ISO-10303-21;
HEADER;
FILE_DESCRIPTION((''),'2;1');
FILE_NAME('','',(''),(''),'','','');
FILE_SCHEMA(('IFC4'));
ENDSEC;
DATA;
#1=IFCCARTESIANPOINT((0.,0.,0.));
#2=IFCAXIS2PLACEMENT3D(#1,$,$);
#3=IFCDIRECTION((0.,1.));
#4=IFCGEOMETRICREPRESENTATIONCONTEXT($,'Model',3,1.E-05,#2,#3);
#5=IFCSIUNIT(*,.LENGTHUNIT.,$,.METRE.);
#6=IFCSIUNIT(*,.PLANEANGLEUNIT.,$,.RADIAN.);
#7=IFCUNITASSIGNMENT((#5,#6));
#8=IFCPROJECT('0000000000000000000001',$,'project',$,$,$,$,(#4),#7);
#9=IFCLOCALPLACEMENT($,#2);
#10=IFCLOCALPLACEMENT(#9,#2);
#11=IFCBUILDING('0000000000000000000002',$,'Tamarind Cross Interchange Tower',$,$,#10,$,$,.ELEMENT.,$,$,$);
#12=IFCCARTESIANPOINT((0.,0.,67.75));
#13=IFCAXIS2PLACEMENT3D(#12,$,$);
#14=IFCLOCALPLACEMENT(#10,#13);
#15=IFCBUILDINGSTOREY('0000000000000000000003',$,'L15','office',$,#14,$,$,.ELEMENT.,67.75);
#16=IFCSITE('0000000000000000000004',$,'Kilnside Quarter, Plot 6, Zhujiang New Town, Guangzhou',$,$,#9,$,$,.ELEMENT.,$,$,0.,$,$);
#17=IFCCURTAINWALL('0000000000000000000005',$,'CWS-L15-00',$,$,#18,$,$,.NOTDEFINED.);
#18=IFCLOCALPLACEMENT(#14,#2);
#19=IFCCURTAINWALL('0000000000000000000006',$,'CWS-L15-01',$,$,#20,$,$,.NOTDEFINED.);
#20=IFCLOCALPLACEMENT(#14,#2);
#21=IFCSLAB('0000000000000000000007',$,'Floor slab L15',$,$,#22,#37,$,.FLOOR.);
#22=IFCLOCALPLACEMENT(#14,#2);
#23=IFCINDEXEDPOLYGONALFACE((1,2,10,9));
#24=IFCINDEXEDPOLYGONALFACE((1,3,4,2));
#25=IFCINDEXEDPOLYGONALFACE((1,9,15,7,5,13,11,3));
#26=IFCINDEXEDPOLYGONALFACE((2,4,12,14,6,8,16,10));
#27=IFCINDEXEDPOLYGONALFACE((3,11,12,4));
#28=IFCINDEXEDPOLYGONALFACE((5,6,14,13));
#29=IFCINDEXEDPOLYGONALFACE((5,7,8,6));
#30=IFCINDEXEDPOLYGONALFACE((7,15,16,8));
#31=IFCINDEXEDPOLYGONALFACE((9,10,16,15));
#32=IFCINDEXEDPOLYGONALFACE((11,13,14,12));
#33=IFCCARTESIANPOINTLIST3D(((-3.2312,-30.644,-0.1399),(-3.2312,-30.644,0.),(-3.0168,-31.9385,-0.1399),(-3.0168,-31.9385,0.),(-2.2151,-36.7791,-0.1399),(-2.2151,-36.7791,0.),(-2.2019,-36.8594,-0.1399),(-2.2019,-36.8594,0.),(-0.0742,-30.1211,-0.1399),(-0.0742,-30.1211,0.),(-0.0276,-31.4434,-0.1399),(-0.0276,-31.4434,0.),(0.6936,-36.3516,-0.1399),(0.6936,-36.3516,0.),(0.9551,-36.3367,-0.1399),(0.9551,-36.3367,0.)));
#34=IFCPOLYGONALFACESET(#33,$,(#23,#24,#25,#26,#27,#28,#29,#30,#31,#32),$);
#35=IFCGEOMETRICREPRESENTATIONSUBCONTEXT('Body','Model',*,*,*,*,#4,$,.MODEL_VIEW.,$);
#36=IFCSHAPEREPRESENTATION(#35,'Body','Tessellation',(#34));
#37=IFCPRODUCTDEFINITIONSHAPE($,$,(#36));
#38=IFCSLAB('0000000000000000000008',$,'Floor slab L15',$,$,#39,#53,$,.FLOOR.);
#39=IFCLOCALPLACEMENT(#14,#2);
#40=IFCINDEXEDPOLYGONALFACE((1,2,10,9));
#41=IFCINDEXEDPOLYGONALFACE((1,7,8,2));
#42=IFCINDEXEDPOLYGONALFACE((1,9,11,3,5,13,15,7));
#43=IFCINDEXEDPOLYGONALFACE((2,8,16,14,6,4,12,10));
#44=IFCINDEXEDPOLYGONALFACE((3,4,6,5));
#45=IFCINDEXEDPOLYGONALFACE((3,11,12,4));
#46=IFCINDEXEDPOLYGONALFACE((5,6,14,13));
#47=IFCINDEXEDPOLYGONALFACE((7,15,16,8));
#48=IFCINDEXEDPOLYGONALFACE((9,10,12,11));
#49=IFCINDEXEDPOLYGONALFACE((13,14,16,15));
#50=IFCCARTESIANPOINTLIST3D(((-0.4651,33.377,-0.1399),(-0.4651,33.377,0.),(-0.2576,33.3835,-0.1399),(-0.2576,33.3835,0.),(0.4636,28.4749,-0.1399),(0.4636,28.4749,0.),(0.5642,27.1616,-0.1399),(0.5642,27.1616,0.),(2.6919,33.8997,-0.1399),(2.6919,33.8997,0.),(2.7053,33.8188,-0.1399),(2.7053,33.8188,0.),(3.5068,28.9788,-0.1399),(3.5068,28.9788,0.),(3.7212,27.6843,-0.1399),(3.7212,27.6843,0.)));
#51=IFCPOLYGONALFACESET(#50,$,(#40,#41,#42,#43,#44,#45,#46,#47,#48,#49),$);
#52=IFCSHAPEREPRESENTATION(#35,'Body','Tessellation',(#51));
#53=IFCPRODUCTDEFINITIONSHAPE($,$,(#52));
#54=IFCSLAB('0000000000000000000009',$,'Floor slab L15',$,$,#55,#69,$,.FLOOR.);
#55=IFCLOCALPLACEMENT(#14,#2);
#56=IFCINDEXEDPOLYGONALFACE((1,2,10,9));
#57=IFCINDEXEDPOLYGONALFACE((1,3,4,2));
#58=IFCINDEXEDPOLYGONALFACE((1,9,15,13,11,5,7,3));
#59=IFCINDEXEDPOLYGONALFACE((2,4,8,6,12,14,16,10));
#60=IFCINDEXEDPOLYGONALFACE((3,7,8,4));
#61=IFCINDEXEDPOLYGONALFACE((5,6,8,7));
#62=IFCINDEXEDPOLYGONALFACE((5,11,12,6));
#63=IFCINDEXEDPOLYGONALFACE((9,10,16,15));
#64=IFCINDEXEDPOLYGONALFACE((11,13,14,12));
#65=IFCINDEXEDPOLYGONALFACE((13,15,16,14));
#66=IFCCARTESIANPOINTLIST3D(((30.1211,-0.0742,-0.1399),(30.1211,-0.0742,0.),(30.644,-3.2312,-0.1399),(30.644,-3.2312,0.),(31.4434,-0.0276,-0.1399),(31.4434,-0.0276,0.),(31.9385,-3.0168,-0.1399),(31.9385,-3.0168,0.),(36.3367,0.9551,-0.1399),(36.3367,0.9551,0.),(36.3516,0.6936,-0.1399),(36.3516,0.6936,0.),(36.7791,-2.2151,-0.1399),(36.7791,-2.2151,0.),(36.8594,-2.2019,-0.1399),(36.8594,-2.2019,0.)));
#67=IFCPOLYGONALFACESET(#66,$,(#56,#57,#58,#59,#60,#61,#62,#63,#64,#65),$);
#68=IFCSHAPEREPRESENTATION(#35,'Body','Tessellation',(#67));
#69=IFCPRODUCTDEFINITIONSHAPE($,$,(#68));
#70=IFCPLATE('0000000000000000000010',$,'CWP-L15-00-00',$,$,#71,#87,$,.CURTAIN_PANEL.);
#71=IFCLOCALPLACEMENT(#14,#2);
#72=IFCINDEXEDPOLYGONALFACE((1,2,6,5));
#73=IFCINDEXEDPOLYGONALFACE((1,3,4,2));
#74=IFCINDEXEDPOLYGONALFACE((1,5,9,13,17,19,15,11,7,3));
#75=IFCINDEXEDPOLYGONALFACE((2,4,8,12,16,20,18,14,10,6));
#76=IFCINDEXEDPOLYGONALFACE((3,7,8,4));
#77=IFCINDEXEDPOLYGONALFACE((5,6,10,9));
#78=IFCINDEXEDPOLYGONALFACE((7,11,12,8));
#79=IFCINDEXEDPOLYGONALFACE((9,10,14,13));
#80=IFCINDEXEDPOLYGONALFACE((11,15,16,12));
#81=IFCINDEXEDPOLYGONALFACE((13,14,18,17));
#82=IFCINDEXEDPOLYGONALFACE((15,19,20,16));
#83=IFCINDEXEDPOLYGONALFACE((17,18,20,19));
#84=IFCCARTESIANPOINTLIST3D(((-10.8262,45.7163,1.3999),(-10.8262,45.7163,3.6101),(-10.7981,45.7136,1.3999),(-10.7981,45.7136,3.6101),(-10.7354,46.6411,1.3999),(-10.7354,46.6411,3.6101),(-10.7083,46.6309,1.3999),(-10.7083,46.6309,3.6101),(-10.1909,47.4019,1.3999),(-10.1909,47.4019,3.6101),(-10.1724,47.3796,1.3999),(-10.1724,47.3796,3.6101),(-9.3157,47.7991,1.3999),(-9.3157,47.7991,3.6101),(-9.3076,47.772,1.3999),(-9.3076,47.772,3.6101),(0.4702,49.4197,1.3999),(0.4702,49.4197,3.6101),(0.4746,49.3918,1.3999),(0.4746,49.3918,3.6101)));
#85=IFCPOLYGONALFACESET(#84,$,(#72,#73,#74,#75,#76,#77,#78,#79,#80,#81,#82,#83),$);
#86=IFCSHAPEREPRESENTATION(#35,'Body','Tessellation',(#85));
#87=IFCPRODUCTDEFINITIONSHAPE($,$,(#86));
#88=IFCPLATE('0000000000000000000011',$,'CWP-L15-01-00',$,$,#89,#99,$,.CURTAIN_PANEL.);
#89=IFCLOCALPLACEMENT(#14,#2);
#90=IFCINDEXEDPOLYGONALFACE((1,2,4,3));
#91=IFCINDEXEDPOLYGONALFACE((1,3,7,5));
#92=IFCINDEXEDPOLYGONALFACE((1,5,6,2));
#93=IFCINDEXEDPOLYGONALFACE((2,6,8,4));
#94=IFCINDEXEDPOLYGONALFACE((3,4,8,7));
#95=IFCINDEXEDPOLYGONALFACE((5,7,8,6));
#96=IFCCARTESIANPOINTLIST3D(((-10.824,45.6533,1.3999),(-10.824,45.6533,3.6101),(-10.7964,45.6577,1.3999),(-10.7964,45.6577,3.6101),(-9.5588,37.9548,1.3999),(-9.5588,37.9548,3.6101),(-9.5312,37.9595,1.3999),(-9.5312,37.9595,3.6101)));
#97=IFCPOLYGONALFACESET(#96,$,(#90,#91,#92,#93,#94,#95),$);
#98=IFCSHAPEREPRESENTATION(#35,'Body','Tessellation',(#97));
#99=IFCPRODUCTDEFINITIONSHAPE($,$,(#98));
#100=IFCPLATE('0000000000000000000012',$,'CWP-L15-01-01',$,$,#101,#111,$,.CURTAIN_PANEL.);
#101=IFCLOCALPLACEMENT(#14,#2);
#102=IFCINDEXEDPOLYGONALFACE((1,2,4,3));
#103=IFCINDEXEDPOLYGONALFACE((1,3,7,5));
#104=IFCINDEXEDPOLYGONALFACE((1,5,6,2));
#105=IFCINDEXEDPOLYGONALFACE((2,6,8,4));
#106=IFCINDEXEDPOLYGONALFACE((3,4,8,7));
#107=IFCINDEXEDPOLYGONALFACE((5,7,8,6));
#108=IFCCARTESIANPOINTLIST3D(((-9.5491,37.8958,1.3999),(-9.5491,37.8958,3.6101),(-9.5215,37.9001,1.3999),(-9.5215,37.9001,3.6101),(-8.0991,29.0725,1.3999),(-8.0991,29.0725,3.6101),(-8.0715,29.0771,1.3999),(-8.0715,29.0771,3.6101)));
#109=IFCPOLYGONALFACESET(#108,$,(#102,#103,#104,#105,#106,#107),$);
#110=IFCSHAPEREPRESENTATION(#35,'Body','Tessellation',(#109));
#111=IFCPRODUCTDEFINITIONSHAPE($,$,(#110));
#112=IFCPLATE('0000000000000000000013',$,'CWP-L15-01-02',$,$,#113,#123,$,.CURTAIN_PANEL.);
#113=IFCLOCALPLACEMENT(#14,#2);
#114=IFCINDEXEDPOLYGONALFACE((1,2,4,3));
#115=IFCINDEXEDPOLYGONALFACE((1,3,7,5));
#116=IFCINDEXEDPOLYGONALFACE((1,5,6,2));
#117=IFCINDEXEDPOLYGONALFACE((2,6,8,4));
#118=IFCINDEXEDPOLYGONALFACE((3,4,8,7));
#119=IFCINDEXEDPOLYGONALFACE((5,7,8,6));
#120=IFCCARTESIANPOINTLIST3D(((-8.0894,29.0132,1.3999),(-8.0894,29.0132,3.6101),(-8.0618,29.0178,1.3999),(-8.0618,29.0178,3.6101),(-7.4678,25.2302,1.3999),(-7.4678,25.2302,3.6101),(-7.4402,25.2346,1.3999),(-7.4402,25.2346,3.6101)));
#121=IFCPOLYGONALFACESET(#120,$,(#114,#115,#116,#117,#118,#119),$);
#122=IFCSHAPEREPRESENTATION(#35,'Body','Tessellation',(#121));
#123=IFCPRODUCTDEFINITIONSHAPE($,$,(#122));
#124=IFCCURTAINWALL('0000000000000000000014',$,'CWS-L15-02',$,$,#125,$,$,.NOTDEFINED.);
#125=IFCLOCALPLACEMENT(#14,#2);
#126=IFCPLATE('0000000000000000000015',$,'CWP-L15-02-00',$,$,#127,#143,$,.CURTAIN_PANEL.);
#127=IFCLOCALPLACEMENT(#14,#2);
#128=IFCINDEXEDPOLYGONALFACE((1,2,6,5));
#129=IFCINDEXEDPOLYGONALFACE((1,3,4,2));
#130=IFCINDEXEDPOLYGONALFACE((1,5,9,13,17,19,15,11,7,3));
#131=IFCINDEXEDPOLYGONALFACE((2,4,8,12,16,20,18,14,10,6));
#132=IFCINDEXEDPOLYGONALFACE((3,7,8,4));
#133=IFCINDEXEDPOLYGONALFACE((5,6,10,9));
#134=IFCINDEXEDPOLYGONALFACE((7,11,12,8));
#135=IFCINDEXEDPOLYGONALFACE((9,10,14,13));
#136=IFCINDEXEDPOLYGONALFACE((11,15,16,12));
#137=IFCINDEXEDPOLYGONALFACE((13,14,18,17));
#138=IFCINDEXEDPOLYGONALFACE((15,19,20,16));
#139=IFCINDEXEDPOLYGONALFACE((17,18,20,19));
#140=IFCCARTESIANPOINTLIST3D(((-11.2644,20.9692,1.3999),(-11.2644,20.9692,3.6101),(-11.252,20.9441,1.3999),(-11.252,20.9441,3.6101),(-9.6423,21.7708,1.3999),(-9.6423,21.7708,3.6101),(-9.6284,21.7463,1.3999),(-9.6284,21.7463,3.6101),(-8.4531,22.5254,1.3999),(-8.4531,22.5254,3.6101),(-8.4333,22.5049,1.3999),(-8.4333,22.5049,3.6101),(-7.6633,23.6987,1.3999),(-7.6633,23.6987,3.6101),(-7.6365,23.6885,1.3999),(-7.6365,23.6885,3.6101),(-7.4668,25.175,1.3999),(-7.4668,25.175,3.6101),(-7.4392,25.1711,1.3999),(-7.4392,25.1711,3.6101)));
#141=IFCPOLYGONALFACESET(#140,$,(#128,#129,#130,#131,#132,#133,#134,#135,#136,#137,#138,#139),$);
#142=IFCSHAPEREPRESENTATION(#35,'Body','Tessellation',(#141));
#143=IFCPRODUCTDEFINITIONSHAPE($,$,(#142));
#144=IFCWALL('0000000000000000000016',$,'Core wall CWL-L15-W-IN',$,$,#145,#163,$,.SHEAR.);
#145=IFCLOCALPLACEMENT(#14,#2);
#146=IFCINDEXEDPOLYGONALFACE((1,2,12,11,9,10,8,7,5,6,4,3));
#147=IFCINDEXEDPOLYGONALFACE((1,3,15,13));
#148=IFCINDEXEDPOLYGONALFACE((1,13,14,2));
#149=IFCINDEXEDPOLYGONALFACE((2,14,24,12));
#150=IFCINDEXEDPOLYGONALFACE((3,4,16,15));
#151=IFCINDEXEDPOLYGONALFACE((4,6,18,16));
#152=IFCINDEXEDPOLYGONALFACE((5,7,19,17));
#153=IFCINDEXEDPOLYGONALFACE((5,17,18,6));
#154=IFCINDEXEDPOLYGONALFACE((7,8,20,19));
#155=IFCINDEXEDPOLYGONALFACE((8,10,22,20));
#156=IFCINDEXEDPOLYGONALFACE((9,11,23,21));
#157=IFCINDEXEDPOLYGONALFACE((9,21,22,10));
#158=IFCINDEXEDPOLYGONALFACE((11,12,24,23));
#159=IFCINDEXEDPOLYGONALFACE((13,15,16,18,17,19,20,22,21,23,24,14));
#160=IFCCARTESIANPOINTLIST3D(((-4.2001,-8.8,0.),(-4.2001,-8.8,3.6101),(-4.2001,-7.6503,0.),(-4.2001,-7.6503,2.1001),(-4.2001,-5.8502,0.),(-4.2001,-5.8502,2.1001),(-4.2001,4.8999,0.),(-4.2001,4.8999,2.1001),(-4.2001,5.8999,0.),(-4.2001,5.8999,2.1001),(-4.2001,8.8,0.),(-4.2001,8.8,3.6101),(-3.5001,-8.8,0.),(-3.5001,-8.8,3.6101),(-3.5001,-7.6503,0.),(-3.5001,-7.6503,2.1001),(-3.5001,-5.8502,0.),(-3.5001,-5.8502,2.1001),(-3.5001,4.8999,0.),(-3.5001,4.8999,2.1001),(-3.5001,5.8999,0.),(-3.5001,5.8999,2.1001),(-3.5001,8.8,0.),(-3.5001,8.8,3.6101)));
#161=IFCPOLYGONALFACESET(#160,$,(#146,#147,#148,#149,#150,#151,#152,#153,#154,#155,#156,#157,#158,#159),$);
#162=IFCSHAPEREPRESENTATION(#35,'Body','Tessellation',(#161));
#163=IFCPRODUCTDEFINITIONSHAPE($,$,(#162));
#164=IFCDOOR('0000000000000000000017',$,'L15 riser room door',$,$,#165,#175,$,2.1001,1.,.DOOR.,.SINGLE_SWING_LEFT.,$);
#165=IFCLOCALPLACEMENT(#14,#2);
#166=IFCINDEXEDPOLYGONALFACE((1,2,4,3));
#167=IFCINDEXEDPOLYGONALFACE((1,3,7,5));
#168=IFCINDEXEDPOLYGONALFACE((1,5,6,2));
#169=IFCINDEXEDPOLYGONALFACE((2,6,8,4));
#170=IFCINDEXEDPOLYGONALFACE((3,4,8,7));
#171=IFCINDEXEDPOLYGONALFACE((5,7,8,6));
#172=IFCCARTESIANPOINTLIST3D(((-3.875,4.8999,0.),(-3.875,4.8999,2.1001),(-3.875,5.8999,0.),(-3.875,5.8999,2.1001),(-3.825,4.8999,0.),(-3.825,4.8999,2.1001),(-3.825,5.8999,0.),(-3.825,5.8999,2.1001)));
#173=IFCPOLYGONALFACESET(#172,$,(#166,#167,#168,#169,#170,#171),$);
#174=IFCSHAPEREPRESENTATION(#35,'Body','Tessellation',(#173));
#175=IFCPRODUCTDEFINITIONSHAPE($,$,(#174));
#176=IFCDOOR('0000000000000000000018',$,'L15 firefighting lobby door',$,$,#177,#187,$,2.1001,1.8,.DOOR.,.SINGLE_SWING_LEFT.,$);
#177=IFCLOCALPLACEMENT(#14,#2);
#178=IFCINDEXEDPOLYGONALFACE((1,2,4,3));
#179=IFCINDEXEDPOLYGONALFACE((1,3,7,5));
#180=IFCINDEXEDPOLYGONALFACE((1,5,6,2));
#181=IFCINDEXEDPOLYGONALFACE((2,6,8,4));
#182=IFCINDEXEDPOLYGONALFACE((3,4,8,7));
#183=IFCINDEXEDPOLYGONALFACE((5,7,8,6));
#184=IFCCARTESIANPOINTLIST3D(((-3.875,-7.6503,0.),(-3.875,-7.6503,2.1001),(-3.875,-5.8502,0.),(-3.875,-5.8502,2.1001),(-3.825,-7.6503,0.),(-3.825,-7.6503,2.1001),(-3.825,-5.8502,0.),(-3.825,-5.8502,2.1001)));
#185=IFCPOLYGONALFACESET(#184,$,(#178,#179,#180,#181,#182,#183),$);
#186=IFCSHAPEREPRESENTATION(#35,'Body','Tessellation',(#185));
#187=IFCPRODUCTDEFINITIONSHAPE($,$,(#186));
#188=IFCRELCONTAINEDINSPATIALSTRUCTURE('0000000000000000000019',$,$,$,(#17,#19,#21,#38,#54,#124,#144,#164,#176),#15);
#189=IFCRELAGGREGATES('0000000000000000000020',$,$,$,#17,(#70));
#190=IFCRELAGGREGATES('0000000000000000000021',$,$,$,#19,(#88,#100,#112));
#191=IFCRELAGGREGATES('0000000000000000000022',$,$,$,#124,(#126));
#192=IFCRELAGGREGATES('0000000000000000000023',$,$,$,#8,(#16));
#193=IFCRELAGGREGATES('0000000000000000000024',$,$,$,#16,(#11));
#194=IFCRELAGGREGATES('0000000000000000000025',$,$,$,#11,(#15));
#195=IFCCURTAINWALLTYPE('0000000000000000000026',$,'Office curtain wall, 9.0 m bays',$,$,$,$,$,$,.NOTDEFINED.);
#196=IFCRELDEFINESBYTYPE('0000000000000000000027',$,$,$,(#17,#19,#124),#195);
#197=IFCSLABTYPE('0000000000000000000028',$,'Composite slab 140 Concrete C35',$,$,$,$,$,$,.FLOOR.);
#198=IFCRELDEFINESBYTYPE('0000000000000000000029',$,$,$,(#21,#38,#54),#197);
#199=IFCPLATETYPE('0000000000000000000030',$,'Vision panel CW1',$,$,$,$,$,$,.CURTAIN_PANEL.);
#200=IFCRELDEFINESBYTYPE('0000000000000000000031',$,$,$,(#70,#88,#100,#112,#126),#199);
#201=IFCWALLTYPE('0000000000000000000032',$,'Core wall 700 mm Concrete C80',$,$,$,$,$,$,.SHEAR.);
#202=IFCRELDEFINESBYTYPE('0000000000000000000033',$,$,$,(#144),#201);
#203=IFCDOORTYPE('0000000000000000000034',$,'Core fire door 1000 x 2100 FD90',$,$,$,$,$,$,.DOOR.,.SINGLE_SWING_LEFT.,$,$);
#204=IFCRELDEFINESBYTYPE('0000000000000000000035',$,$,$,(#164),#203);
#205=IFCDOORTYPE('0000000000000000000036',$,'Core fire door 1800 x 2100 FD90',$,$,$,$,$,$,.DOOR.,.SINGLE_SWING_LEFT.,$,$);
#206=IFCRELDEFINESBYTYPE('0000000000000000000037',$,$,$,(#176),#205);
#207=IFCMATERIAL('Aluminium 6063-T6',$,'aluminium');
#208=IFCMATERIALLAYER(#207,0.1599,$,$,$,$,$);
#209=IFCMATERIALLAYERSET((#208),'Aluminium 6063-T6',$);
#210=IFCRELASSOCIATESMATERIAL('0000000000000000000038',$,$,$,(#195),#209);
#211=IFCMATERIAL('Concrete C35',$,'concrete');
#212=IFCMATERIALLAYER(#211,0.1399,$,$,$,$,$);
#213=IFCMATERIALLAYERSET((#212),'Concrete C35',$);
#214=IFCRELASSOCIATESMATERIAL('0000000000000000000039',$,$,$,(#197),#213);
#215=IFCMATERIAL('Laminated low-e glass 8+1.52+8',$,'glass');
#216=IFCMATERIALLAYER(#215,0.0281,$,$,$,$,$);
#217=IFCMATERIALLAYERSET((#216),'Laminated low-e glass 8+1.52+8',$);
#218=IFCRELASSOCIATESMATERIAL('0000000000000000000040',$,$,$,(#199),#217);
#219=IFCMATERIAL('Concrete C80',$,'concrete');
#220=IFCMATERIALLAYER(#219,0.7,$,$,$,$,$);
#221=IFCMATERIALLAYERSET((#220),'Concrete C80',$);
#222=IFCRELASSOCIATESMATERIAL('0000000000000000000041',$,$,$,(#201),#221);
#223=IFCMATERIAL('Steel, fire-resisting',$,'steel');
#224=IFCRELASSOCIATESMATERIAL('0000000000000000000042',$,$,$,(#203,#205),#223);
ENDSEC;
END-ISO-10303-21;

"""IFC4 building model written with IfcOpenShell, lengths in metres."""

from ifc_helpers import new_model, si_unit, direction, frame, frame_2d, origin, place, context, subcontext, project, spatial, polyline, rectangle, outline, extrude, material, layer, layer_set, type_object, element, fill, aggregate, save


model = new_model("IFC4")

# Units and contexts
model_context = context("Model", 3, precision=1e-05, world=origin(), true_north=direction((0.0, 1.0)))
body_context = subcontext(model_context, "Body", "Model", "MODEL_VIEW")
ifc_project = project(units=[si_unit("LENGTHUNIT", "METRE"), si_unit("PLANEANGLEUNIT", "RADIAN")], contexts=[model_context])

# Site, building, storey
site_placement = place(None, origin())
site = spatial("IfcSite", under=ifc_project, at=site_placement, Name="Kilnside Quarter, Plot 6, Zhujiang New Town, Guangzhou", CompositionType="ELEMENT", RefElevation=0.0)
building_placement = place(site_placement, origin())
building = spatial("IfcBuilding", under=site, at=building_placement, Name="Tamarind Cross Interchange Tower", CompositionType="ELEMENT")
storey_placement = place(building_placement, frame((0.0, 0.0, 67.75)))
storey = spatial("IfcBuildingStorey", under=building, at=storey_placement, Name="L15", Description="office", CompositionType="ELEMENT", Elevation=67.75)

# Curtain walls
ifc_material_1 = material(Name="Aluminium 6063-T6", Category="aluminium")
ifc_layer_1 = layer(ifc_material_1, 0.1599)
ifc_layer_set_1 = layer_set([ifc_layer_1], Name="Aluminium 6063-T6")
curtain_wall_type = type_object("IfcCurtainWallType", Name="Office curtain wall, 9.0 m bays", PredefinedType="NOTDEFINED", material=ifc_layer_set_1)
curtain_wall_1_placement = place(storey_placement, origin())
curtain_wall_1 = element("IfcCurtainWall", 1, at=curtain_wall_1_placement, inside=storey, type_object=curtain_wall_type, Name="CWS-L15-00", PredefinedType="NOTDEFINED")
curtain_wall_2_placement = place(storey_placement, origin())
curtain_wall_2 = element("IfcCurtainWall", 2, at=curtain_wall_2_placement, inside=storey, type_object=curtain_wall_type, Name="CWS-L15-01", PredefinedType="NOTDEFINED")

# Slabs
ifc_material_2 = material(Name="Concrete C35", Category="concrete")
ifc_layer_2 = layer(ifc_material_2, 0.1399)
ifc_layer_set_2 = layer_set([ifc_layer_2], Name="Concrete C35")
slab_type = type_object("IfcSlabType", Name="Composite slab 140 Concrete C35", PredefinedType="FLOOR", material=ifc_layer_set_2)
slab_1_placement = place(storey_placement, frame((0.0, 0.0, -0.1399)))
element("IfcSlab", 3, at=slab_1_placement, inside=storey, type_object=slab_type, Name="Floor slab L15", PredefinedType="FLOOR", context=body_context, shape_type="SweptSolid", body=[
    extrude(outline(polyline([(-0.0742, -30.1211), (-3.2312, -30.644), (-3.0168, -31.9385), (-0.0276, -31.4434), (0.6936, -36.3516), (-2.2151, -36.7791), (-2.2019, -36.8594), (0.9551, -36.3367), (-0.0742, -30.1211)])), origin(), (0.0, 0.0, 1.0), 0.1399),
])
slab_2_placement = place(storey_placement, frame((0.0, 0.0, -0.1399)))
element("IfcSlab", 4, at=slab_2_placement, inside=storey, type_object=slab_type, Name="Floor slab L15", PredefinedType="FLOOR", context=body_context, shape_type="SweptSolid", body=[
    extrude(outline(polyline([(-0.2576, 33.3835), (2.7053, 33.8188), (2.6919, 33.8997), (-0.4651, 33.377), (0.5642, 27.1616), (3.7212, 27.6843), (3.5068, 28.9788), (0.4636, 28.4749), (-0.2576, 33.3835)])), origin(), (0.0, 0.0, 1.0), 0.1399),
])
slab_3_placement = place(storey_placement, frame((0.0, 0.0, -0.1399)))
element("IfcSlab", 5, at=slab_3_placement, inside=storey, type_object=slab_type, Name="Floor slab L15", PredefinedType="FLOOR", context=body_context, shape_type="SweptSolid", body=[
    extrude(outline(polyline([(36.3516, 0.6936), (36.7791, -2.2151), (36.8594, -2.2019), (36.3367, 0.9551), (30.1211, -0.0742), (30.644, -3.2312), (31.9385, -3.0168), (31.4434, -0.0276), (36.3516, 0.6936)])), origin(), (0.0, 0.0, 1.0), 0.1399),
])

# Plates
ifc_material_3 = material(Name="Laminated low-e glass 8+1.52+8", Category="glass")
ifc_layer_3 = layer(ifc_material_3, 0.0281)
ifc_layer_set_3 = layer_set([ifc_layer_3], Name="Laminated low-e glass 8+1.52+8")
plate_type = type_object("IfcPlateType", Name="Vision panel CW1", PredefinedType="CURTAIN_PANEL", material=ifc_layer_set_3)
plate_1_placement = place(storey_placement, frame((0.0, 0.0, 1.3999)))
plate_1 = element("IfcPlate", 6, at=plate_1_placement, type_object=plate_type, Name="CWP-L15-00-00", PredefinedType="CURTAIN_PANEL", context=body_context, shape_type="SweptSolid", body=[
    extrude(outline(polyline([(0.4746, 49.3918), (-9.3076, 47.772), (-10.1724, 47.3796), (-10.7083, 46.6309), (-10.7981, 45.7136), (-10.8262, 45.7163), (-10.7354, 46.6411), (-10.1909, 47.4019), (-9.3157, 47.7991), (0.4702, 49.4197), (0.4746, 49.3918)])), origin(), (0.0, 0.0, 1.0), 2.2102),
])
aggregate(curtain_wall_1, [plate_1])
plate_2_placement = place(storey_placement, frame((0.0, 0.0, 1.3999)))
plate_2 = element("IfcPlate", 7, at=plate_2_placement, type_object=plate_type, Name="CWP-L15-01-00", PredefinedType="CURTAIN_PANEL", context=body_context, shape_type="SweptSolid", body=[
    extrude(outline(polyline([(-10.7964, 45.6577), (-9.5312, 37.9595), (-9.5588, 37.9548), (-10.824, 45.6533), (-10.7964, 45.6577)])), origin(), (0.0, 0.0, 1.0), 2.2102),
])
plate_3_placement = place(storey_placement, frame((0.0, 0.0, 1.3999)))
plate_3 = element("IfcPlate", 8, at=plate_3_placement, type_object=plate_type, Name="CWP-L15-01-01", PredefinedType="CURTAIN_PANEL", context=body_context, shape_type="SweptSolid", body=[
    extrude(outline(polyline([(-9.5215, 37.9001), (-8.0715, 29.0771), (-8.0991, 29.0725), (-9.5491, 37.8958), (-9.5215, 37.9001)])), origin(), (0.0, 0.0, 1.0), 2.2102),
])
plate_4_placement = place(storey_placement, frame((0.0, 0.0, 1.3999)))
plate_4 = element("IfcPlate", 9, at=plate_4_placement, type_object=plate_type, Name="CWP-L15-01-02", PredefinedType="CURTAIN_PANEL", context=body_context, shape_type="SweptSolid", body=[
    extrude(outline(polyline([(-8.0618, 29.0178), (-7.4402, 25.2346), (-7.4678, 25.2302), (-8.0894, 29.0132), (-8.0618, 29.0178)])), origin(), (0.0, 0.0, 1.0), 2.2102),
])
aggregate(curtain_wall_2, [plate_2, plate_3, plate_4])

# Curtain wall, plate
curtain_wall_3_placement = place(storey_placement, origin())
curtain_wall_3 = element("IfcCurtainWall", 10, at=curtain_wall_3_placement, inside=storey, type_object=curtain_wall_type, Name="CWS-L15-02", PredefinedType="NOTDEFINED")
plate_5_placement = place(storey_placement, frame((0.0, 0.0, 1.3999)))
plate_5 = element("IfcPlate", 11, at=plate_5_placement, type_object=plate_type, Name="CWP-L15-02-00", PredefinedType="CURTAIN_PANEL", context=body_context, shape_type="SweptSolid", body=[
    extrude(outline(polyline([(-7.4392, 25.1711), (-7.6365, 23.6885), (-8.4333, 22.5049), (-9.6284, 21.7463), (-11.252, 20.9441), (-11.2644, 20.9692), (-9.6423, 21.7708), (-8.4531, 22.5254), (-7.6633, 23.6987), (-7.4668, 25.175), (-7.4392, 25.1711)])), origin(), (0.0, 0.0, 1.0), 2.2102),
])
aggregate(curtain_wall_3, [plate_5])

# Wall, openings, doors
ifc_material_4 = material(Name="Concrete C80", Category="concrete")
ifc_layer_4 = layer(ifc_material_4, 0.7)
ifc_layer_set_4 = layer_set([ifc_layer_4], Name="Concrete C80")
wall_type_1 = type_object("IfcWallType", Name="Core wall 700 mm Concrete C80", PredefinedType="SHEAR", material=ifc_layer_set_4)
wall_1_placement = place(storey_placement, frame((-3.8501, -8.8, 0.0), z_axis=(0.0, 0.0, 1.0), x_axis=(0.0, 1.0, 0.0)))
wall_1 = element("IfcWall", 12, at=wall_1_placement, inside=storey, type_object=wall_type_1, Name="Core wall CWL-L15-W-IN", PredefinedType="SHEAR", context=body_context, shape_type="SweptSolid", body=[
    extrude(rectangle(XDim=17.6001, YDim=0.7, at=frame_2d((8.8, 0.0))), origin(), (0.0, 0.0, 1.0), 3.6101),
])
opening_1_placement = place(wall_1_placement, frame((1.1499, 0.0, 0.0)))
opening_1 = element("IfcOpeningElement", 13, at=opening_1_placement, cuts=wall_1, PredefinedType="OPENING", context=body_context, shape_type="SweptSolid", body=[
    extrude(rectangle(XDim=1.8, YDim=2.1001, at=frame_2d((0.8999, 1.05))), frame((0.0, 0.3599, 0.0), z_axis=(0.0, -1.0, 0.0), x_axis=(1.0, 0.0, 0.0)), (0.0, 0.0, 1.0), 0.72),
])
opening_2_placement = place(wall_1_placement, frame((13.7, 0.0, 0.0)))
opening_2 = element("IfcOpeningElement", 14, at=opening_2_placement, cuts=wall_1, PredefinedType="OPENING", context=body_context, shape_type="SweptSolid", body=[
    extrude(rectangle(XDim=1.0, YDim=2.1001, at=frame_2d((0.5, 1.05))), frame((0.0, 0.3599, 0.0), z_axis=(0.0, -1.0, 0.0), x_axis=(1.0, 0.0, 0.0)), (0.0, 0.0, 1.0), 0.72),
])
ifc_material_5 = material(Name="Steel, fire-resisting", Category="steel")
door_type_1 = type_object("IfcDoorType", Name="Core fire door 1000 x 2100 FD90", OperationType="SINGLE_SWING_LEFT", PredefinedType="DOOR", material=ifc_material_5)
door_1_placement = place(opening_2_placement, origin())
door_1 = element("IfcDoor", 15, at=door_1_placement, inside=storey, type_object=door_type_1, Name="L15 riser room door", OperationType="SINGLE_SWING_LEFT", OverallHeight=2.1001, OverallWidth=1.0, PredefinedType="DOOR", context=body_context, shape_type="SweptSolid", body=[
    extrude(rectangle(XDim=1.0, YDim=2.1001, at=frame_2d((0.5, 1.05))), frame((0.0, 0.0249, 0.0), z_axis=(0.0, -1.0, 0.0), x_axis=(1.0, 0.0, 0.0)), (0.0, 0.0, 1.0), 0.05),
])
fill(opening_2, door_1)
door_type_2 = type_object("IfcDoorType", Name="Core fire door 1800 x 2100 FD90", OperationType="SINGLE_SWING_LEFT", PredefinedType="DOOR", material=ifc_material_5)
door_2_placement = place(opening_1_placement, origin())
door_2 = element("IfcDoor", 16, at=door_2_placement, inside=storey, type_object=door_type_2, Name="L15 firefighting lobby door", OperationType="SINGLE_SWING_LEFT", OverallHeight=2.1001, OverallWidth=1.8, PredefinedType="DOOR", context=body_context, shape_type="SweptSolid", body=[
    extrude(rectangle(XDim=1.8, YDim=2.1001, at=frame_2d((0.8999, 1.05))), frame((0.0, 0.0249, 0.0), z_axis=(0.0, -1.0, 0.0), x_axis=(1.0, 0.0, 0.0)), (0.0, 0.0, 1.0), 0.05),
])
fill(opening_1, door_2)

save(model, "model.ifc")
